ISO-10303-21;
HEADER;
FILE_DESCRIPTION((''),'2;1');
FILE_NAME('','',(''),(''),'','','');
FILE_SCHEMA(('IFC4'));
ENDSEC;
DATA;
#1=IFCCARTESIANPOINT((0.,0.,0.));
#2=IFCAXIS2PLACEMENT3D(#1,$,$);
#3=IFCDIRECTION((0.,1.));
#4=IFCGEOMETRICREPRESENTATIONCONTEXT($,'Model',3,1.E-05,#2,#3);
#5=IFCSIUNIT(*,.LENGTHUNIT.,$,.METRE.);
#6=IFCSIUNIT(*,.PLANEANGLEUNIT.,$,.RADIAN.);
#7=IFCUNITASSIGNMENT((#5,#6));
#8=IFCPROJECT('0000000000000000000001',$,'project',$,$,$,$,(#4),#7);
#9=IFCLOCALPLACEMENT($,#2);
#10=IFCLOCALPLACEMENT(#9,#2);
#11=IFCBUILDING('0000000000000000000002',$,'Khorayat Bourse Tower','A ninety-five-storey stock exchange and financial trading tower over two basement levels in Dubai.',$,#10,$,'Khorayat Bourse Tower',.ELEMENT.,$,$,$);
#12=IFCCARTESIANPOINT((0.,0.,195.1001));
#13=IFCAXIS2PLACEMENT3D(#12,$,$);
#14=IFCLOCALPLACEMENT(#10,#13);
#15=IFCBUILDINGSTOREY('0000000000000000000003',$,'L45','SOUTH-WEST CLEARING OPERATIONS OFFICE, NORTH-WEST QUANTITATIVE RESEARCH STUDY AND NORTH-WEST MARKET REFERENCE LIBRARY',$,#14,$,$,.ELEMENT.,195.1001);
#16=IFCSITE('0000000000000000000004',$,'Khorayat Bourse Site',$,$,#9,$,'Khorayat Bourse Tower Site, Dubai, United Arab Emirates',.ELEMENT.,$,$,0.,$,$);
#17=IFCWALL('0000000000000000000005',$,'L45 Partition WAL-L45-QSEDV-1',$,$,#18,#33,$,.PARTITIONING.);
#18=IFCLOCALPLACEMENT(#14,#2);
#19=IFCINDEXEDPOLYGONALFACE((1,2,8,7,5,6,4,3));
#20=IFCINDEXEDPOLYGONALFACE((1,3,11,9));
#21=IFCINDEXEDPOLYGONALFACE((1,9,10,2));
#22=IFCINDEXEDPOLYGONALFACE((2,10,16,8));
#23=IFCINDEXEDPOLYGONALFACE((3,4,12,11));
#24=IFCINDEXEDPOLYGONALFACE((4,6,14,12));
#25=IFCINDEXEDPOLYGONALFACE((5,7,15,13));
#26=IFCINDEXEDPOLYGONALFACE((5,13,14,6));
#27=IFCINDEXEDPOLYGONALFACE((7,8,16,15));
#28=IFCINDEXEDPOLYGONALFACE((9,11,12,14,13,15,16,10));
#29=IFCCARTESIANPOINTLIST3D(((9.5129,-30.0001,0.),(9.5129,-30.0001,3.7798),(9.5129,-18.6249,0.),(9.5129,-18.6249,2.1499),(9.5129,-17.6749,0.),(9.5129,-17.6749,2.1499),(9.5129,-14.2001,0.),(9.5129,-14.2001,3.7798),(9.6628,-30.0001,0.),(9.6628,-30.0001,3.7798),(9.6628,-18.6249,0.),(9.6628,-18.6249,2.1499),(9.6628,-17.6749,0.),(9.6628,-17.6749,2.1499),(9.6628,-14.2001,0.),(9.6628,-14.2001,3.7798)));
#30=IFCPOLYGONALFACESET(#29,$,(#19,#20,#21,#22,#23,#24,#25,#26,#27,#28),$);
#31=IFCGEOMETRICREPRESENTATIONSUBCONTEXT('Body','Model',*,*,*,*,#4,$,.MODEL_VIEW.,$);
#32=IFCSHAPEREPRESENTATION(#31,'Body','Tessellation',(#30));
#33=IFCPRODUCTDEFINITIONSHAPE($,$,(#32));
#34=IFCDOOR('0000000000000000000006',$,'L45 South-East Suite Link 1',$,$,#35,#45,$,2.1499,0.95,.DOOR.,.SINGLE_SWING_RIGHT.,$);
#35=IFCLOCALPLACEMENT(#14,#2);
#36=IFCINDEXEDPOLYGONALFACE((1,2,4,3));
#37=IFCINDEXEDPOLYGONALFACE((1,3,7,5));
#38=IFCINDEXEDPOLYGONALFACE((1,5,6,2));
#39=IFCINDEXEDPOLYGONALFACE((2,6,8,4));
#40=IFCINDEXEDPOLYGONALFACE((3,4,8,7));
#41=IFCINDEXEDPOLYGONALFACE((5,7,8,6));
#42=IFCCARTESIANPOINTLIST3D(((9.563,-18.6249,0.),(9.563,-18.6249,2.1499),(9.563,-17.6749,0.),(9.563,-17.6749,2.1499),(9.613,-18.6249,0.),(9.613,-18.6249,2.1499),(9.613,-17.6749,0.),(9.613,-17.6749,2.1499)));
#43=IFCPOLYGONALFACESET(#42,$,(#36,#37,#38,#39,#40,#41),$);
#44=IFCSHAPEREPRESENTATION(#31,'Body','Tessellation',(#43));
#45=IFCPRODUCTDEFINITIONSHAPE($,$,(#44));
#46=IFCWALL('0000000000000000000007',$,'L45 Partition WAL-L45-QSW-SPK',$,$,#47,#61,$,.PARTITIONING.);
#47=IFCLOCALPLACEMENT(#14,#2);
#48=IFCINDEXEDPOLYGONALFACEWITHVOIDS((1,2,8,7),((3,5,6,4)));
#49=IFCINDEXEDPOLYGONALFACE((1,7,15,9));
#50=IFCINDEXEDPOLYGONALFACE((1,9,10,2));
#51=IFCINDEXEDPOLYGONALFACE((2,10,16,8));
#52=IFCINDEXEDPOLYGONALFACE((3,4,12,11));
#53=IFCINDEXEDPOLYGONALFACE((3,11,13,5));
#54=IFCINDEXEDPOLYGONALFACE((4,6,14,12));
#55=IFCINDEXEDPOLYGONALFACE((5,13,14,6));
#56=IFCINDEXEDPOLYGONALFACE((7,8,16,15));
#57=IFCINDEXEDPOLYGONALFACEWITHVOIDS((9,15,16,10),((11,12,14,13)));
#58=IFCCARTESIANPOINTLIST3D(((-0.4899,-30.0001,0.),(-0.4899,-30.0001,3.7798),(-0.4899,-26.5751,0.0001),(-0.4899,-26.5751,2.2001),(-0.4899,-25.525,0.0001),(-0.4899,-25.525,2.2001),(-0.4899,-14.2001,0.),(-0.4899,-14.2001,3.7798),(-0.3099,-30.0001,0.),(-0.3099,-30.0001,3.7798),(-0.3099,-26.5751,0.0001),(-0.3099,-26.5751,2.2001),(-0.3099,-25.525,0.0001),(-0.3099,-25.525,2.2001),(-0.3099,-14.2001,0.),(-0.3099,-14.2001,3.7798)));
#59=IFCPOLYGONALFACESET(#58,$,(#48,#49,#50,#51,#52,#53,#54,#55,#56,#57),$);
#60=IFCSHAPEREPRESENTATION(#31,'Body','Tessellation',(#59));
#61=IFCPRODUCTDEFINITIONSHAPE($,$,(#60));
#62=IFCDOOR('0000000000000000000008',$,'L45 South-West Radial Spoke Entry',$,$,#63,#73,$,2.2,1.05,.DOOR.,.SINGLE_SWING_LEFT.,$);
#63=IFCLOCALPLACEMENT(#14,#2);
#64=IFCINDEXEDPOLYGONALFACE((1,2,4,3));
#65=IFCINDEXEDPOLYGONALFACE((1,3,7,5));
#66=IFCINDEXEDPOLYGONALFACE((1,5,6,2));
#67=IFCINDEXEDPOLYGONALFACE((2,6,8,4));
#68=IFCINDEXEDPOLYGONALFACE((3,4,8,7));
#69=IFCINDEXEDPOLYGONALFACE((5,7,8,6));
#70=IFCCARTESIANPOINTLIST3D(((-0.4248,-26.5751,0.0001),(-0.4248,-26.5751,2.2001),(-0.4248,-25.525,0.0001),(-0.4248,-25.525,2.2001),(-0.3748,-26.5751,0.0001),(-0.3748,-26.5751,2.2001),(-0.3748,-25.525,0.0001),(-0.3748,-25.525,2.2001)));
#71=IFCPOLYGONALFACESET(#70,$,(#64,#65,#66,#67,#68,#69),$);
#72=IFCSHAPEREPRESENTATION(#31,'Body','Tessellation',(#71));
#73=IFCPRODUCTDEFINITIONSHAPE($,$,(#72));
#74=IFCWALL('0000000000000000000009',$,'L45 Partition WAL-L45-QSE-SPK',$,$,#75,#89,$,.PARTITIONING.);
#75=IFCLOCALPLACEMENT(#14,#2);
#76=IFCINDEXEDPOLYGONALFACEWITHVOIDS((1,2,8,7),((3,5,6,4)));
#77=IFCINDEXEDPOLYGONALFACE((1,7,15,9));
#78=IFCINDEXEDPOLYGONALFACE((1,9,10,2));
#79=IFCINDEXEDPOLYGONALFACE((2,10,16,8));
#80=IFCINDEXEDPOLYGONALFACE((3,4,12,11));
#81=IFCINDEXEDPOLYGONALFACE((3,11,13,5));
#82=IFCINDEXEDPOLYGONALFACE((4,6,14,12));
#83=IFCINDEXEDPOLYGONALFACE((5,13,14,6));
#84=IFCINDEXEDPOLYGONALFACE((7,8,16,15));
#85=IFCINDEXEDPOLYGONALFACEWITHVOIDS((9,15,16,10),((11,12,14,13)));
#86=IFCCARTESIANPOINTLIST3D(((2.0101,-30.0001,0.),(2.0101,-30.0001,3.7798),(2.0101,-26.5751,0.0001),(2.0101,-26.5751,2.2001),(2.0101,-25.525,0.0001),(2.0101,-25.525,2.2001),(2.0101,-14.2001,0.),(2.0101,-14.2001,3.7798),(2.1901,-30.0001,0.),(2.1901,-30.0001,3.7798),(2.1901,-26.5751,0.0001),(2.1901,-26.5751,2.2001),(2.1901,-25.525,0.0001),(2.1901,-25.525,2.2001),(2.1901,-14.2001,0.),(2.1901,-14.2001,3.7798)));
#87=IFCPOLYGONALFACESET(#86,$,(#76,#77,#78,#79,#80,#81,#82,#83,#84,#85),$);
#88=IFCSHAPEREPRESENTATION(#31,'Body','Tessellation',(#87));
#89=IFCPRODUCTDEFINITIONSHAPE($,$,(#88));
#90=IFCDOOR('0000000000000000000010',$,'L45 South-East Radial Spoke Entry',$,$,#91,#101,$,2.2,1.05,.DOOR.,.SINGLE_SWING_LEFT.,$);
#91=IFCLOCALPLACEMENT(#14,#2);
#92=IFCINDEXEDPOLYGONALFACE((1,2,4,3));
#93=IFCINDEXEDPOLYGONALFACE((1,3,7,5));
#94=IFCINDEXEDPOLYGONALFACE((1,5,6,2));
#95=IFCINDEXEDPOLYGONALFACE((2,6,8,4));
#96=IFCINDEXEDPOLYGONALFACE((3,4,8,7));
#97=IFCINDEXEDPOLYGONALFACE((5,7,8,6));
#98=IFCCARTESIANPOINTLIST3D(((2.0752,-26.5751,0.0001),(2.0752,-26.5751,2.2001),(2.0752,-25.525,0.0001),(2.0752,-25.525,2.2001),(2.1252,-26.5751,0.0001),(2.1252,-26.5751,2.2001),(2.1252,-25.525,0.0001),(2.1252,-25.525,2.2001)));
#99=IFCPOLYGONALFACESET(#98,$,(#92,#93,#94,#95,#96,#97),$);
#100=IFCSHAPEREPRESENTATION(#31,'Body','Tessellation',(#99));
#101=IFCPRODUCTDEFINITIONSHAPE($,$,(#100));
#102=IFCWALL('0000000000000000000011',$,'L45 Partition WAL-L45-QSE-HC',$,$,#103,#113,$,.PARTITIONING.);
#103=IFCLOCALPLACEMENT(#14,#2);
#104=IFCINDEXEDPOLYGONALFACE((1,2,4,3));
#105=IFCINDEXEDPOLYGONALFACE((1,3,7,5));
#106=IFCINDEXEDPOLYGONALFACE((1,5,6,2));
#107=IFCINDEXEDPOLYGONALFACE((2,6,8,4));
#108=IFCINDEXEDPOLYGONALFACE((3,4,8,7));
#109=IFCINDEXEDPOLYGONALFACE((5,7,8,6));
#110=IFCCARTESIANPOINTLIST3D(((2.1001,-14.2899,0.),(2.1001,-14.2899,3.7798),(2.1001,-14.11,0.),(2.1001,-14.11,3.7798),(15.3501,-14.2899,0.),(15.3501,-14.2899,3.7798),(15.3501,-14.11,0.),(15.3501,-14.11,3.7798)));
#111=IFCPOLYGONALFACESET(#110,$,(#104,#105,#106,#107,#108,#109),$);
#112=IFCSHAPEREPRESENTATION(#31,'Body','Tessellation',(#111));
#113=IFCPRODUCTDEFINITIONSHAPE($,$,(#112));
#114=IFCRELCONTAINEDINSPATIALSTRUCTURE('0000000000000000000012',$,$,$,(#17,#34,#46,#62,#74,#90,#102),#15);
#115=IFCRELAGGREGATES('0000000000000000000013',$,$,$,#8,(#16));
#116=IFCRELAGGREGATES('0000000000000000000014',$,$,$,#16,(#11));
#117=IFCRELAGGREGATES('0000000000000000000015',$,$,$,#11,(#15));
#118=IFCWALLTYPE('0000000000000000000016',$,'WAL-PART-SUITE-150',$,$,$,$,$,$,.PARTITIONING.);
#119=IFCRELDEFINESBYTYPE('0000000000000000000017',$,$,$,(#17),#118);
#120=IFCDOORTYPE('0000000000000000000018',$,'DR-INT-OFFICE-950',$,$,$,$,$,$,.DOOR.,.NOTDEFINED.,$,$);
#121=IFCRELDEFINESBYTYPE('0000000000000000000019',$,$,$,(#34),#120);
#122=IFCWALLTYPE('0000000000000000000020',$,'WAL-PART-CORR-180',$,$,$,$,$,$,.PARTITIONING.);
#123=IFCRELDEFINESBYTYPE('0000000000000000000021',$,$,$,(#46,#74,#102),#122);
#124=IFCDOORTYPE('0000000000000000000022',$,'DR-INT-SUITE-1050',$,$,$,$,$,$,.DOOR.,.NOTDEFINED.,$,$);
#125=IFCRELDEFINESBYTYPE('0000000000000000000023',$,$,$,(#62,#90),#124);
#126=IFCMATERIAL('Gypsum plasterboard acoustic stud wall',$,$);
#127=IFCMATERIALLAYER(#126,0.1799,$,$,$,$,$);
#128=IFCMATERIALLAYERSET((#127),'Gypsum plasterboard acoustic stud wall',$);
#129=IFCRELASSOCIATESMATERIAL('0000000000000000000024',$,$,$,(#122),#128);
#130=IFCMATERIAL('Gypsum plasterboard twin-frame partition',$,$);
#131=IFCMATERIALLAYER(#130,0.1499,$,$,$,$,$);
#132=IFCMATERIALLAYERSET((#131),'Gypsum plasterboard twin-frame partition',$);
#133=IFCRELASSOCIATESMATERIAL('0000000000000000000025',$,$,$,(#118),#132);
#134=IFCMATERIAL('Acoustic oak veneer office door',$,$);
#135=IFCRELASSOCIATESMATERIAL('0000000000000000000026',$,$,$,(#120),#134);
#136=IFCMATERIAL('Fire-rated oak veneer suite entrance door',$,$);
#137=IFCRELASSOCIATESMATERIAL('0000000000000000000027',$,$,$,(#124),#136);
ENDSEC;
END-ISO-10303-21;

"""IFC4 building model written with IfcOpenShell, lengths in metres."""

from ifc_helpers import new_model, si_unit, direction, frame, frame_2d, origin, place, context, subcontext, project, spatial, rectangle, extrude, source, transform, mapped, material, layer, layer_set, type_object, element, fill, save


model = new_model("IFC4")

# Units and contexts
model_context = context("Model", 3, precision=1e-05, world=origin(), true_north=direction((0.0, 1.0)))
body_context = subcontext(model_context, "Body", "Model", "MODEL_VIEW")
ifc_project = project(units=[si_unit("LENGTHUNIT", "METRE"), si_unit("PLANEANGLEUNIT", "RADIAN")], contexts=[model_context])

# Site, building, storey
site_placement = place(None, origin())
site = spatial("IfcSite", under=ifc_project, at=site_placement, Name="Khorayat Bourse Site", LongName="Khorayat Bourse Tower Site, Dubai, United Arab Emirates", CompositionType="ELEMENT", RefElevation=0.0)
building_placement = place(site_placement, origin())
building = spatial("IfcBuilding", under=site, at=building_placement, Name="Khorayat Bourse Tower", Description="A ninety-five-storey stock exchange and financial trading tower over two basement levels in Dubai.", LongName="Khorayat Bourse Tower", CompositionType="ELEMENT")
storey_placement = place(building_placement, frame((0.0, 0.0, 195.1001)))
storey = spatial("IfcBuildingStorey", under=building, at=storey_placement, Name="L45", Description="SOUTH-WEST CLEARING OPERATIONS OFFICE, NORTH-WEST QUANTITATIVE RESEARCH STUDY AND NORTH-WEST MARKET REFERENCE LIBRARY", CompositionType="ELEMENT", Elevation=195.1001)

# Shared definitions
ifc_material_1 = material(Name="Gypsum plasterboard acoustic stud wall")
ifc_layer_1 = layer(ifc_material_1, 0.1799)
ifc_layer_set_1 = layer_set([ifc_layer_1], Name="Gypsum plasterboard acoustic stud wall")
wall_type_1 = type_object("IfcWallType", Name="WAL-PART-CORR-180", PredefinedType="PARTITIONING", material=ifc_layer_set_1)

# Walls, openings, doors
ifc_material_2 = material(Name="Gypsum plasterboard twin-frame partition")
ifc_layer_2 = layer(ifc_material_2, 0.1499)
ifc_layer_set_2 = layer_set([ifc_layer_2], Name="Gypsum plasterboard twin-frame partition")
wall_type_2 = type_object("IfcWallType", Name="WAL-PART-SUITE-150", PredefinedType="PARTITIONING", material=ifc_layer_set_2)
shared_shape_1 = source(origin(), body_context, "Body", "SweptSolid", [
    extrude(rectangle(XDim=15.8, YDim=0.1499, at=frame_2d((7.8999, 0.0))), origin(), (0.0, 0.0, 1.0), 3.7798),
])
wall_1_placement = place(storey_placement, frame((9.5879, -30.0, 0.0), z_axis=(0.0, 0.0, 1.0), x_axis=(0.0, 1.0, 0.0)))
wall_1 = element("IfcWall", 1, at=wall_1_placement, inside=storey, type_object=wall_type_2, Name="L45 Partition WAL-L45-QSEDV-1", PredefinedType="PARTITIONING", context=body_context, shape_type="MappedRepresentation", body=[
    mapped(shared_shape_1, transform((0.0, 0.0, 0.0), scale=1.0)),
])
shared_shape_2 = source(origin(), body_context, "Body", "SweptSolid", [
    extrude(rectangle(XDim=0.95, YDim=2.1499, at=frame_2d((0.4751, 1.075))), frame((0.0, 0.085, 0.0), z_axis=(0.0, -1.0, 0.0), x_axis=(1.0, 0.0, 0.0)), (0.0, 0.0, 1.0), 0.1699),
])
opening_1_placement = place(wall_1_placement, frame((11.375, 0.0, 0.0)))
opening_1 = element("IfcOpeningElement", 2, at=opening_1_placement, cuts=wall_1, PredefinedType="OPENING", context=body_context, shape_type="MappedRepresentation", body=[
    mapped(shared_shape_2, transform((0.0, 0.0, 0.0), scale=1.0)),
])
ifc_material_3 = material(Name="Acoustic oak veneer office door")
door_type_1 = type_object("IfcDoorType", Name="DR-INT-OFFICE-950", OperationType="NOTDEFINED", PredefinedType="DOOR", material=ifc_material_3)
shared_shape_3 = source(origin(), body_context, "Body", "SweptSolid", [
    extrude(rectangle(XDim=0.95, YDim=2.1499, at=frame_2d((0.4751, 1.075))), frame((0.0, 0.0249, 0.0), z_axis=(0.0, -1.0, 0.0), x_axis=(1.0, 0.0, 0.0)), (0.0, 0.0, 1.0), 0.05),
])
door_1_placement = place(opening_1_placement, origin())
door_1 = element("IfcDoor", 3, at=door_1_placement, inside=storey, type_object=door_type_1, Name="L45 South-East Suite Link 1", OperationType="SINGLE_SWING_RIGHT", OverallHeight=2.1499, OverallWidth=0.95, PredefinedType="DOOR", context=body_context, shape_type="MappedRepresentation", body=[
    mapped(shared_shape_3, transform((0.0, 0.0, 0.0), scale=1.0)),
])
fill(opening_1, door_1)
shared_shape_4 = source(origin(), body_context, "Body", "SweptSolid", [
    extrude(rectangle(XDim=15.8, YDim=0.1799, at=frame_2d((7.8999, 0.0))), origin(), (0.0, 0.0, 1.0), 3.7798),
])
wall_2_placement = place(storey_placement, frame((-0.3999, -30.0, 0.0), z_axis=(0.0, 0.0, 1.0), x_axis=(0.0, 1.0, 0.0)))
wall_2 = element("IfcWall", 4, at=wall_2_placement, inside=storey, type_object=wall_type_1, Name="L45 Partition WAL-L45-QSW-SPK", PredefinedType="PARTITIONING", context=body_context, shape_type="MappedRepresentation", body=[
    mapped(shared_shape_4, transform((0.0, 0.0, 0.0), scale=1.0)),
])
shared_shape_5 = source(origin(), body_context, "Body", "SweptSolid", [
    extrude(rectangle(XDim=1.05, YDim=2.2, at=frame_2d((0.5249, 1.1001))), frame((0.0, 0.0999, 0.0), z_axis=(0.0, -1.0, 0.0), x_axis=(1.0, 0.0, 0.0)), (0.0, 0.0, 1.0), 0.2),
])
opening_2_placement = place(wall_2_placement, frame((3.425, 0.0, 0.0)))
opening_2 = element("IfcOpeningElement", 5, at=opening_2_placement, cuts=wall_2, PredefinedType="OPENING", context=body_context, shape_type="MappedRepresentation", body=[
    mapped(shared_shape_5, transform((0.0, 0.0, 0.0), scale=1.0)),
])
ifc_material_4 = material(Name="Fire-rated oak veneer suite entrance door")
door_type_2 = type_object("IfcDoorType", Name="DR-INT-SUITE-1050", OperationType="NOTDEFINED", PredefinedType="DOOR", material=ifc_material_4)
shared_shape_6 = source(origin(), body_context, "Body", "SweptSolid", [
    extrude(rectangle(XDim=1.05, YDim=2.2, at=frame_2d((0.5249, 1.1001))), frame((0.0, 0.0249, 0.0), z_axis=(0.0, -1.0, 0.0), x_axis=(1.0, 0.0, 0.0)), (0.0, 0.0, 1.0), 0.05),
])
door_2_placement = place(opening_2_placement, origin())
door_2 = element("IfcDoor", 6, at=door_2_placement, inside=storey, type_object=door_type_2, Name="L45 South-West Radial Spoke Entry", OperationType="SINGLE_SWING_LEFT", OverallHeight=2.2, OverallWidth=1.05, PredefinedType="DOOR", context=body_context, shape_type="MappedRepresentation", body=[
    mapped(shared_shape_6, transform((0.0, 0.0, 0.0), scale=1.0)),
])
fill(opening_2, door_2)
wall_3_placement = place(storey_placement, frame((2.1001, -30.0, 0.0), z_axis=(0.0, 0.0, 1.0), x_axis=(0.0, 1.0, 0.0)))
wall_3 = element("IfcWall", 7, at=wall_3_placement, inside=storey, type_object=wall_type_1, Name="L45 Partition WAL-L45-QSE-SPK", PredefinedType="PARTITIONING", context=body_context, shape_type="MappedRepresentation", body=[
    mapped(shared_shape_4, transform((0.0, 0.0, 0.0), scale=1.0)),
])
opening_3_placement = place(wall_3_placement, frame((3.425, 0.0, 0.0)))
opening_3 = element("IfcOpeningElement", 8, at=opening_3_placement, cuts=wall_3, PredefinedType="OPENING", context=body_context, shape_type="MappedRepresentation", body=[
    mapped(shared_shape_5, transform((0.0, 0.0, 0.0), scale=1.0)),
])
door_3_placement = place(opening_3_placement, origin())
door_3 = element("IfcDoor", 9, at=door_3_placement, inside=storey, type_object=door_type_2, Name="L45 South-East Radial Spoke Entry", OperationType="SINGLE_SWING_LEFT", OverallHeight=2.2, OverallWidth=1.05, PredefinedType="DOOR", context=body_context, shape_type="MappedRepresentation", body=[
    mapped(shared_shape_6, transform((0.0, 0.0, 0.0), scale=1.0)),
])
fill(opening_3, door_3)

# Wall
shared_shape_7 = source(origin(), body_context, "Body", "SweptSolid", [
    extrude(rectangle(XDim=13.25, YDim=0.1799, at=frame_2d((6.625, 0.0))), origin(), (0.0, 0.0, 1.0), 3.7798),
])
wall_4_placement = place(storey_placement, frame((2.1001, -14.2, 0.0), z_axis=(0.0, 0.0, 1.0), x_axis=(1.0, 0.0, 0.0)))
element("IfcWall", 10, at=wall_4_placement, inside=storey, type_object=wall_type_1, Name="L45 Partition WAL-L45-QSE-HC", PredefinedType="PARTITIONING", context=body_context, shape_type="MappedRepresentation", body=[
    mapped(shared_shape_7, transform((0.0, 0.0, 0.0), scale=1.0)),
])

save(model, "model.ifc")
